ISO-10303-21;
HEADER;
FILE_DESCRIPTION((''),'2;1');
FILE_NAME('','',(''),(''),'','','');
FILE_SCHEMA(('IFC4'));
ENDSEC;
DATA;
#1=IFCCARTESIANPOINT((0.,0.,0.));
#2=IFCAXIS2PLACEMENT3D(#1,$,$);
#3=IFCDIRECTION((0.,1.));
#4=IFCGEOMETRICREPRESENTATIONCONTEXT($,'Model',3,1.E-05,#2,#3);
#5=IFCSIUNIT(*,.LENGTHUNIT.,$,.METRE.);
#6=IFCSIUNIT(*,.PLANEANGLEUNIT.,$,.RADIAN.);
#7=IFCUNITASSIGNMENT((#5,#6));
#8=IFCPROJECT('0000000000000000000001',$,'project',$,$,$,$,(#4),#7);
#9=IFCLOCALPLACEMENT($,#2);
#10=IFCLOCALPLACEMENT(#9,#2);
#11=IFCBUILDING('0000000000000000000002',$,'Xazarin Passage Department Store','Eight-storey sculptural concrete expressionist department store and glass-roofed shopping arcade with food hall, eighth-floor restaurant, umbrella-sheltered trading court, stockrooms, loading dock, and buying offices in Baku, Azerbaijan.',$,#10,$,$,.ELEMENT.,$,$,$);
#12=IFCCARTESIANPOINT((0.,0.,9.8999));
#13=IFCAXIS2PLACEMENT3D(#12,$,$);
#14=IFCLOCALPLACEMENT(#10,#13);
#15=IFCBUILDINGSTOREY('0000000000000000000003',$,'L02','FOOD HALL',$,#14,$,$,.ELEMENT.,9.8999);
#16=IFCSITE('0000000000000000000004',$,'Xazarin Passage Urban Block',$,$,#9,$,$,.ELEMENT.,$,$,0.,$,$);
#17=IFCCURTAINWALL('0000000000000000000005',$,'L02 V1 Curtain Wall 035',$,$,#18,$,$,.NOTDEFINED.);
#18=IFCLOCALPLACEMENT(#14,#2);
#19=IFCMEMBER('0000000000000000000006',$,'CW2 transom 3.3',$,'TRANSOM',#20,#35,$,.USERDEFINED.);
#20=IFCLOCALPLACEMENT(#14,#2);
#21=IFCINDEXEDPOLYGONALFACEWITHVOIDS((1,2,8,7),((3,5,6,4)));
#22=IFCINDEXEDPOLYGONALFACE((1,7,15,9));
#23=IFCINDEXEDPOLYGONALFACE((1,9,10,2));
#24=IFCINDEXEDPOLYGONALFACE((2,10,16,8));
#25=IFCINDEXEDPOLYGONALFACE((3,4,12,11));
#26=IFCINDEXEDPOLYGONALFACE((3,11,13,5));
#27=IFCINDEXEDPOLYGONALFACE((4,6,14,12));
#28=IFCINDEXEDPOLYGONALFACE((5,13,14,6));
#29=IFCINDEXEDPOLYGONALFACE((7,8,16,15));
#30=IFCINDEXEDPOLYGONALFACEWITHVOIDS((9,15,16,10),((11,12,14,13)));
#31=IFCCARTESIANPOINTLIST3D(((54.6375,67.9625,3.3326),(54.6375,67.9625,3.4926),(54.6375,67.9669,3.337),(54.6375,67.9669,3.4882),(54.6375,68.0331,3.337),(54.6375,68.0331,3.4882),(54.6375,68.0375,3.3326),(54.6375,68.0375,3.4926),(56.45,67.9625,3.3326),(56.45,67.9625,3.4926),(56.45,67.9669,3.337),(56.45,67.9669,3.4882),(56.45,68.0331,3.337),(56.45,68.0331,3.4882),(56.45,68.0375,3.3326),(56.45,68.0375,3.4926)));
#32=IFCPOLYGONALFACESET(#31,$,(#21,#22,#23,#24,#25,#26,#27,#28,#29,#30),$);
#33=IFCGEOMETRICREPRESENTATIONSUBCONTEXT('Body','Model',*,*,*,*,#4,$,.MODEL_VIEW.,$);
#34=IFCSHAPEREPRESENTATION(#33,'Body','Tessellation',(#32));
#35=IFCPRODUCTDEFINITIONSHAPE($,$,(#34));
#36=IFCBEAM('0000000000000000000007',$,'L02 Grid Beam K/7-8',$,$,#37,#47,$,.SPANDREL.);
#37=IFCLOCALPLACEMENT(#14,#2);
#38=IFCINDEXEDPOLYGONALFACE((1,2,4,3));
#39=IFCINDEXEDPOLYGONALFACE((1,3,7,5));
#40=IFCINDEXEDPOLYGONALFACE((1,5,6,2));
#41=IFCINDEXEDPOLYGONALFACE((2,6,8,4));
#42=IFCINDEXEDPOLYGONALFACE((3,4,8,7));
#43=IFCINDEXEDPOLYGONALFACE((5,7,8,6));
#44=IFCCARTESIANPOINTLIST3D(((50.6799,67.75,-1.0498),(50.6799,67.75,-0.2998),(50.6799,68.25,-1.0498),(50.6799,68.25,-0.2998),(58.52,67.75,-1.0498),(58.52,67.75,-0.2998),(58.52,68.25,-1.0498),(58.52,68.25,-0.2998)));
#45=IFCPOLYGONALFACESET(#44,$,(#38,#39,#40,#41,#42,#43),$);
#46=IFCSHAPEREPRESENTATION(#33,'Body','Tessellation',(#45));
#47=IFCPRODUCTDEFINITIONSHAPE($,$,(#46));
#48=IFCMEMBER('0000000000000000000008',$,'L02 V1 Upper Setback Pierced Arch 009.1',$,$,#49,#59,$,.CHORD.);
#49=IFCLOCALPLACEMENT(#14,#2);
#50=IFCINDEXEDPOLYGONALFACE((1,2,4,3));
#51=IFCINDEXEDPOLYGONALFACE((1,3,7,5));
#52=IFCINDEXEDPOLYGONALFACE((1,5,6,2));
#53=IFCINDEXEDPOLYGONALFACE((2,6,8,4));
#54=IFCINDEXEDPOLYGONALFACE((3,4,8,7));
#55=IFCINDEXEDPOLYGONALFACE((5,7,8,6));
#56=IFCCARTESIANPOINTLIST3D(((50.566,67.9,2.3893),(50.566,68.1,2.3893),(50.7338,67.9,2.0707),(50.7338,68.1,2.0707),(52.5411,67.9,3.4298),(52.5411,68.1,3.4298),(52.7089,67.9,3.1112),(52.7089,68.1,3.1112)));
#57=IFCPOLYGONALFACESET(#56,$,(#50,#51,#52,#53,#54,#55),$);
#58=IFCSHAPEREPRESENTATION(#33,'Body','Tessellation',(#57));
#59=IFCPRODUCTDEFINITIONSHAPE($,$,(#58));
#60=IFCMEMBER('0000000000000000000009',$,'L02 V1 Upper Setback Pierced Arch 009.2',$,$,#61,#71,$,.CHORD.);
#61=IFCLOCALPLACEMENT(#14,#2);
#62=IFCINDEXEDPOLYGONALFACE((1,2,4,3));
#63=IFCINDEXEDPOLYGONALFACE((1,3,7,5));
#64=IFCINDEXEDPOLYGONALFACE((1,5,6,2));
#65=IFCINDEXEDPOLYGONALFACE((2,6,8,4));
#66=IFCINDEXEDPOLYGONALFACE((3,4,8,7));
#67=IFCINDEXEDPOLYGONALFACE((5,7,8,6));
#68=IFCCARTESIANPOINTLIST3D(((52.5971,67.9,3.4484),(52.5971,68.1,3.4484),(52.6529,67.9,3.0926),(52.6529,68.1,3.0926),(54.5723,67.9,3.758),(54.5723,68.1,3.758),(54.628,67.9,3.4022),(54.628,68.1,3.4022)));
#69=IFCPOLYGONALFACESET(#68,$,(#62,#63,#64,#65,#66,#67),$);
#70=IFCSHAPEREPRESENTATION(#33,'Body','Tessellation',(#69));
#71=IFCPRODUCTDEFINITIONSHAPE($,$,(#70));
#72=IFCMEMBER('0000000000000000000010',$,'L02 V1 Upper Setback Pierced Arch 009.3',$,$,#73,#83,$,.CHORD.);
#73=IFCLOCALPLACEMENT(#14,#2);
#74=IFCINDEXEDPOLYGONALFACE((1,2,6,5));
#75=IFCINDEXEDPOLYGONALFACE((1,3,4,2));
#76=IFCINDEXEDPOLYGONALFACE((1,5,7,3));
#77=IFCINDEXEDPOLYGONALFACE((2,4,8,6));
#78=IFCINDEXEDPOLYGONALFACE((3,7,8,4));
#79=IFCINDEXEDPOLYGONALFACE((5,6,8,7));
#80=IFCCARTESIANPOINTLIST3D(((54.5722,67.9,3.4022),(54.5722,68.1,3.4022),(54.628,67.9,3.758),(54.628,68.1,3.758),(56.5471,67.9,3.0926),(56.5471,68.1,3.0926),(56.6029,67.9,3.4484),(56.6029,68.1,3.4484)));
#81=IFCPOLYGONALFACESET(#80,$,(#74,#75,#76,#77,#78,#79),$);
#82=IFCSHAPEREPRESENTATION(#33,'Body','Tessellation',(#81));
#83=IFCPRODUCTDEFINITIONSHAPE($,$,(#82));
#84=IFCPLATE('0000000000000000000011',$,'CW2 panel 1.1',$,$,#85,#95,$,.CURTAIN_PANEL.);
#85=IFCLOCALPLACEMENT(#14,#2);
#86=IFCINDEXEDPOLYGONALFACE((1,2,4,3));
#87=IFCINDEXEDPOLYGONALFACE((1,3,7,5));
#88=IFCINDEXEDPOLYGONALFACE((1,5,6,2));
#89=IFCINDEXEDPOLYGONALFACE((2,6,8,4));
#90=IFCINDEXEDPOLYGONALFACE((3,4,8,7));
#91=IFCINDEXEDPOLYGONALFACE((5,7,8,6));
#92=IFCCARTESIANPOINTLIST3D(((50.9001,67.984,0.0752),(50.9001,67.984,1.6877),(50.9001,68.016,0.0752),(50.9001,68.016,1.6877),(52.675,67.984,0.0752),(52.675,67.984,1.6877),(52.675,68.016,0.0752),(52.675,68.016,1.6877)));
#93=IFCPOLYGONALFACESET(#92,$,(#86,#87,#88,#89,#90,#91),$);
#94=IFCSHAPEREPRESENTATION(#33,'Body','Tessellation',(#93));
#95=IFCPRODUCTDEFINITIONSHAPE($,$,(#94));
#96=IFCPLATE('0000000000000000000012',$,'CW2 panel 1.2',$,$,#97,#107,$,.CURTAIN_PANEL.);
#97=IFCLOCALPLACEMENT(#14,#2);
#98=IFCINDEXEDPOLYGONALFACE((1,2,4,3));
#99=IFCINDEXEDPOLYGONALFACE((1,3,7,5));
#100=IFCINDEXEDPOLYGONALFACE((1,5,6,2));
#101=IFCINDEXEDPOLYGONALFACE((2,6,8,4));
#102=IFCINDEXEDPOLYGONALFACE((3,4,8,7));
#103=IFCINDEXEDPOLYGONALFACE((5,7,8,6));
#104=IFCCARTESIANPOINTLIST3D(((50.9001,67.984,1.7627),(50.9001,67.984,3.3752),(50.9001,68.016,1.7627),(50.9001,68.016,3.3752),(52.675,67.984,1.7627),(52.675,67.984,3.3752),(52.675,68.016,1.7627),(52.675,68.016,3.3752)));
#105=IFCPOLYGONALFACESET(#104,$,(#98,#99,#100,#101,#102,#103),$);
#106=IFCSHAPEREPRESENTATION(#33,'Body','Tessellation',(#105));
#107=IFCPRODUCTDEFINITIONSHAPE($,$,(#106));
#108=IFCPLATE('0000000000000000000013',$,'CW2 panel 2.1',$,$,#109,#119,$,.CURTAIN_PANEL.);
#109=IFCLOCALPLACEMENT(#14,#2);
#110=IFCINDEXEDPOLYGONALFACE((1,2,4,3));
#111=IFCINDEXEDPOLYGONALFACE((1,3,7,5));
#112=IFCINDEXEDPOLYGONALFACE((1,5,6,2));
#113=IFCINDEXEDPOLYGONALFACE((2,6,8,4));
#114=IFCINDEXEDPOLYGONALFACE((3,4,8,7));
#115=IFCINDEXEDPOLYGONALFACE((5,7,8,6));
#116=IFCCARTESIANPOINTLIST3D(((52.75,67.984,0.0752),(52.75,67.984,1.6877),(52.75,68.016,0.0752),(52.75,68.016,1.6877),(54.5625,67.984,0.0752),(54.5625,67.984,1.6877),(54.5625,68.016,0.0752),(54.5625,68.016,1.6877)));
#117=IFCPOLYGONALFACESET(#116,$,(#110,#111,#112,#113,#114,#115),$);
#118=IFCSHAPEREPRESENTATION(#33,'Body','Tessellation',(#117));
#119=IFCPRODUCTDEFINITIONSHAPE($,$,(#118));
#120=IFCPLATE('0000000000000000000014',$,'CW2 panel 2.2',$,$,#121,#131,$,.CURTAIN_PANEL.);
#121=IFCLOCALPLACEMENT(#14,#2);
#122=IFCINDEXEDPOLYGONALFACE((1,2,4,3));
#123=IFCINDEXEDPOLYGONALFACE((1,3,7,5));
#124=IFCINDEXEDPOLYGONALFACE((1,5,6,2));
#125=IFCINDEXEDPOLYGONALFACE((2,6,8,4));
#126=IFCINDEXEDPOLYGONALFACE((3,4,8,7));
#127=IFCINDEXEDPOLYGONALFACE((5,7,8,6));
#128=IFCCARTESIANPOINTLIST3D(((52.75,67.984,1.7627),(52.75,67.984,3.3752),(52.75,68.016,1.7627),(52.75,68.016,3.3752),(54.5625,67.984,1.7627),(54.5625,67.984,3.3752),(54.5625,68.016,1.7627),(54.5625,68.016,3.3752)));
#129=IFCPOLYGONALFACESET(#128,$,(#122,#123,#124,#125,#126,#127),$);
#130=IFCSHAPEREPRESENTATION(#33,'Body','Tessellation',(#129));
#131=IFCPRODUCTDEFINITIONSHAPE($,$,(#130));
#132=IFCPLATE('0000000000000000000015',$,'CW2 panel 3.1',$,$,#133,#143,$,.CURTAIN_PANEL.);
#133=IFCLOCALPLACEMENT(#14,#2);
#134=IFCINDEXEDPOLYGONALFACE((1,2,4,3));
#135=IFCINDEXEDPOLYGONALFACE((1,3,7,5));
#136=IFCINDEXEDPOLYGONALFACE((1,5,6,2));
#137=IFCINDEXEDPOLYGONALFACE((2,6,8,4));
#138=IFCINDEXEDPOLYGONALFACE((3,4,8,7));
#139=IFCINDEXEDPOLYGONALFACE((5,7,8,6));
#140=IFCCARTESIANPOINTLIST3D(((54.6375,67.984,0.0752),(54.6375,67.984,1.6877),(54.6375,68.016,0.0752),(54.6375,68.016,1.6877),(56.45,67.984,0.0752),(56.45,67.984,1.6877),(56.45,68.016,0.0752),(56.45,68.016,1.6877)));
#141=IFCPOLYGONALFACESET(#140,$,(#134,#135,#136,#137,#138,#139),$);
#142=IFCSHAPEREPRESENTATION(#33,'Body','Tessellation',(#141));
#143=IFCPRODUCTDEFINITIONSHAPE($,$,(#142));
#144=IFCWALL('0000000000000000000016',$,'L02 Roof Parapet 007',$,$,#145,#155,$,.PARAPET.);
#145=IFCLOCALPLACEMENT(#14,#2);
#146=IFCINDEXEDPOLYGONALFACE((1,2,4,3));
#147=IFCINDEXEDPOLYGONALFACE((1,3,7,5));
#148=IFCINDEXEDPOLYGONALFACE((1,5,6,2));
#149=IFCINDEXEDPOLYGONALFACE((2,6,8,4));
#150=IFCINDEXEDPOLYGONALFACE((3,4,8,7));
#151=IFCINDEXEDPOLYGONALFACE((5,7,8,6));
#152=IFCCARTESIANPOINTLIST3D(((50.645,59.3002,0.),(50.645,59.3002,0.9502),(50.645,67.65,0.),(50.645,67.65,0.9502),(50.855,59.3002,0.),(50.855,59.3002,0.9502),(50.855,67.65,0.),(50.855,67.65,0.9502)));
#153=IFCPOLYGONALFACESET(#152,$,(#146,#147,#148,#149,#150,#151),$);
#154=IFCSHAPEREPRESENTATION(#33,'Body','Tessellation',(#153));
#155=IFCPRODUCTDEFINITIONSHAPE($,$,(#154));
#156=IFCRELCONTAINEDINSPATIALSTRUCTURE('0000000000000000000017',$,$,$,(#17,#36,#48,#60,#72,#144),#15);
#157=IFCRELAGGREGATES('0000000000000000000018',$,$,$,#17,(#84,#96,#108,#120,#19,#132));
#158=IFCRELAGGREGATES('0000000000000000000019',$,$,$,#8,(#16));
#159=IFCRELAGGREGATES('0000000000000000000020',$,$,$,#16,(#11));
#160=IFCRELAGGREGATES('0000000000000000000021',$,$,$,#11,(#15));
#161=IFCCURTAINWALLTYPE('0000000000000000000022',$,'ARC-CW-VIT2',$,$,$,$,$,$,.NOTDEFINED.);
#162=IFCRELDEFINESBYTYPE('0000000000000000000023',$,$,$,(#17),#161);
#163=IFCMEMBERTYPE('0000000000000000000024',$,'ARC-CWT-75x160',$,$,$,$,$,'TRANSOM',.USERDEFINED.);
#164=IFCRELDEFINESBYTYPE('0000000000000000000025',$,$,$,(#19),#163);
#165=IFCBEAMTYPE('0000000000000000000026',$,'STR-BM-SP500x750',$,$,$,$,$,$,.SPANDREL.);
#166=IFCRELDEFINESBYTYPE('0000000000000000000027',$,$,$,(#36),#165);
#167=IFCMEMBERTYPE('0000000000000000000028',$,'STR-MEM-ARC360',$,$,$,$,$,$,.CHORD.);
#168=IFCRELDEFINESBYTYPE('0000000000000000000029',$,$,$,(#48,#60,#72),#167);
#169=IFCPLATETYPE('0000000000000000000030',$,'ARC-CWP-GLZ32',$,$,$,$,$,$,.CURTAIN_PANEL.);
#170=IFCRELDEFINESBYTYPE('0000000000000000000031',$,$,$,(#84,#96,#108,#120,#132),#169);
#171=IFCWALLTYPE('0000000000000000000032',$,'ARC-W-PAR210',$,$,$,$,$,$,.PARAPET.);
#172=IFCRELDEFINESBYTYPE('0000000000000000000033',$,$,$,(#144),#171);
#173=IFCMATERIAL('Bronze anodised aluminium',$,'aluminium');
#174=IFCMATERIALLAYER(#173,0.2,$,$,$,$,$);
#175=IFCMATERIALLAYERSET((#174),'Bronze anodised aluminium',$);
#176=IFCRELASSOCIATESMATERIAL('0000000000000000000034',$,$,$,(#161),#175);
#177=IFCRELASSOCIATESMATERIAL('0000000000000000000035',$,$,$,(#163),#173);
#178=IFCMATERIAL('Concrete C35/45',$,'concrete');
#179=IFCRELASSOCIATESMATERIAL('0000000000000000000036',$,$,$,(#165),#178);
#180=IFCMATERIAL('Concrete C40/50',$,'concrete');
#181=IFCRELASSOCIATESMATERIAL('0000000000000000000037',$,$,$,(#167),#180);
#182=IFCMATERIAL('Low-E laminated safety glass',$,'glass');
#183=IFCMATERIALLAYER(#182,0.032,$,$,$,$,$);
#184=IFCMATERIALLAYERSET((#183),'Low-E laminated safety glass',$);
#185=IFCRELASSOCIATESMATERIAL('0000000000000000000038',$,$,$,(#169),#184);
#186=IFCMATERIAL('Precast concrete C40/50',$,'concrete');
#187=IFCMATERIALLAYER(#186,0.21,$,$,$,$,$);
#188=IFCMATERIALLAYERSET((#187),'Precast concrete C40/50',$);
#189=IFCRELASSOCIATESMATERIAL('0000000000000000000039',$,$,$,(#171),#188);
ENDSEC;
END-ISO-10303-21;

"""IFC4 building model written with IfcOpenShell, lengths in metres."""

from ifc_helpers import new_model, si_unit, direction, frame, frame_2d, origin, origin_2d, place, context, subcontext, project, spatial, rectangle, hollow_rectangle, extrude, material, layer, layer_set, material_profile, profile_set, type_object, element, aggregate, save


model = new_model("IFC4")

# Units and contexts
model_context = context("Model", 3, precision=1e-05, world=origin(), true_north=direction((0.0, 1.0)))
body_context = subcontext(model_context, "Body", "Model", "MODEL_VIEW")
ifc_project = project(units=[si_unit("LENGTHUNIT", "METRE"), si_unit("PLANEANGLEUNIT", "RADIAN")], contexts=[model_context])

# Site, building, storey
site_placement = place(None, origin())
site = spatial("IfcSite", under=ifc_project, at=site_placement, Name="Xazarin Passage Urban Block", CompositionType="ELEMENT", RefElevation=0.0)
building_placement = place(site_placement, origin())
building = spatial("IfcBuilding", under=site, at=building_placement, Name="Xazarin Passage Department Store", Description="Eight-storey sculptural concrete expressionist department store and glass-roofed shopping arcade with food hall, eighth-floor restaurant, umbrella-sheltered trading court, stockrooms, loading dock, and buying offices in Baku, Azerbaijan.", CompositionType="ELEMENT")
storey_placement = place(building_placement, frame((0.0, 0.0, 9.8999)))
storey = spatial("IfcBuildingStorey", under=building, at=storey_placement, Name="L02", Description="FOOD HALL", CompositionType="ELEMENT", Elevation=9.8999)

# Curtain wall, member
ifc_material_1 = material(Name="Bronze anodised aluminium", Category="aluminium")
ifc_layer_1 = layer(ifc_material_1, 0.2)
ifc_layer_set_1 = layer_set([ifc_layer_1], Name="Bronze anodised aluminium")
curtain_wall_type = type_object("IfcCurtainWallType", Name="ARC-CW-VIT2", PredefinedType="NOTDEFINED", material=ifc_layer_set_1)
curtain_wall_placement = place(storey_placement, origin())
curtain_wall = element("IfcCurtainWall", 1, at=curtain_wall_placement, inside=storey, type_object=curtain_wall_type, Name="L02 V1 Curtain Wall 035", PredefinedType="NOTDEFINED")
ifc_material_profile_1 = material_profile(ifc_material_1, hollow_rectangle(XDim=0.075, YDim=0.1599, WallThickness=0.0044, at=origin_2d()), Name="ALU 75x160")
ifc_profile_set_1 = profile_set([ifc_material_profile_1], Name="Bronze anodised aluminium")
member_type_1 = type_object("IfcMemberType", Name="ARC-CWT-75x160", ElementType="TRANSOM", PredefinedType="USERDEFINED", material=ifc_profile_set_1)
member_1_placement = place(storey_placement, frame((54.6375, 68.0, 3.4126), z_axis=(1.0, 0.0, 0.0), x_axis=(0.0, 1.0, 0.0)))
member_1 = element("IfcMember", 2, at=member_1_placement, type_object=member_type_1, Name="CW2 transom 3.3", ObjectType="TRANSOM", PredefinedType="USERDEFINED", context=body_context, shape_type="SweptSolid", body=[
    extrude(hollow_rectangle(XDim=0.075, YDim=0.1599, WallThickness=0.0044, at=origin_2d()), origin(), (0.0, 0.0, 1.0), 1.8125),
])

# Beam
ifc_material_2 = material(Name="Concrete C35/45", Category="concrete")
ifc_material_profile_2 = material_profile(ifc_material_2, rectangle(XDim=0.5, YDim=0.75, at=origin_2d()), Name="RC 500x750")
ifc_profile_set_2 = profile_set([ifc_material_profile_2], Name="Concrete C35/45")
beam_type = type_object("IfcBeamType", Name="STR-BM-SP500x750", PredefinedType="SPANDREL", material=ifc_profile_set_2)
beam_placement = place(storey_placement, frame((50.6799, 68.0, -0.6748), z_axis=(1.0, 0.0, 0.0), x_axis=(0.0, 1.0, 0.0)))
element("IfcBeam", 3, at=beam_placement, inside=storey, type_object=beam_type, Name="L02 Grid Beam K/7-8", PredefinedType="SPANDREL", context=body_context, shape_type="SweptSolid", body=[
    extrude(rectangle(XDim=0.5, YDim=0.75, at=origin_2d()), origin(), (0.0, 0.0, 1.0), 7.8401),
])

# Members
ifc_material_3 = material(Name="Concrete C40/50", Category="concrete")
ifc_material_profile_3 = material_profile(ifc_material_3, rectangle(XDim=0.2, YDim=0.3601, at=origin_2d()), Name="RC 200x360")
ifc_profile_set_3 = profile_set([ifc_material_profile_3], Name="Concrete C40/50")
member_type_2 = type_object("IfcMemberType", Name="STR-MEM-ARC360", PredefinedType="CHORD", material=ifc_profile_set_3)
member_2_placement = place(storey_placement, frame((50.6499, 68.0, 2.23), z_axis=(0.884733, 0.0, 0.466098), x_axis=(0.0, 1.0, 0.0)))
element("IfcMember", 4, at=member_2_placement, inside=storey, type_object=member_type_2, Name="L02 V1 Upper Setback Pierced Arch 009.1", PredefinedType="CHORD", context=body_context, shape_type="SweptSolid", body=[
    extrude(rectangle(XDim=0.2, YDim=0.3601, at=origin_2d()), origin(), (0.0, 0.0, 1.0), 2.2324),
])
member_3_placement = place(storey_placement, frame((52.625, 68.0, 3.2705), z_axis=(0.987939, 0.0, 0.154846), x_axis=(0.0, 1.0, 0.0)))
element("IfcMember", 5, at=member_3_placement, inside=storey, type_object=member_type_2, Name="L02 V1 Upper Setback Pierced Arch 009.2", PredefinedType="CHORD", context=body_context, shape_type="SweptSolid", body=[
    extrude(rectangle(XDim=0.2, YDim=0.3601, at=origin_2d()), origin(), (0.0, 0.0, 1.0), 1.9993),
])
member_4_placement = place(storey_placement, frame((54.6001, 68.0, 3.5801), z_axis=(0.987936, 0.0, -0.154865), x_axis=(0.0, 1.0, 0.0)))
element("IfcMember", 6, at=member_4_placement, inside=storey, type_object=member_type_2, Name="L02 V1 Upper Setback Pierced Arch 009.3", PredefinedType="CHORD", context=body_context, shape_type="SweptSolid", body=[
    extrude(rectangle(XDim=0.2, YDim=0.3601, at=origin_2d()), origin(), (0.0, 0.0, 1.0), 1.999),
])

# Plates
ifc_material_4 = material(Name="Low-E laminated safety glass", Category="glass")
ifc_layer_2 = layer(ifc_material_4, 0.032)
ifc_layer_set_2 = layer_set([ifc_layer_2], Name="Low-E laminated safety glass")
plate_type = type_object("IfcPlateType", Name="ARC-CWP-GLZ32", PredefinedType="CURTAIN_PANEL", material=ifc_layer_set_2)
plate_1_placement = place(storey_placement, frame((51.7876, 68.0, 0.0752), z_axis=(0.0, 0.0, 1.0), x_axis=(1.0, 0.0, 0.0)))
plate_1 = element("IfcPlate", 7, at=plate_1_placement, type_object=plate_type, Name="CW2 panel 1.1", PredefinedType="CURTAIN_PANEL", context=body_context, shape_type="SweptSolid", body=[
    extrude(rectangle(XDim=1.7749, YDim=0.032, at=origin_2d()), origin(), (0.0, 0.0, 1.0), 1.6125),
])
plate_2_placement = place(storey_placement, frame((51.7876, 68.0, 1.7627), z_axis=(0.0, 0.0, 1.0), x_axis=(1.0, 0.0, 0.0)))
plate_2 = element("IfcPlate", 8, at=plate_2_placement, type_object=plate_type, Name="CW2 panel 1.2", PredefinedType="CURTAIN_PANEL", context=body_context, shape_type="SweptSolid", body=[
    extrude(rectangle(XDim=1.7749, YDim=0.032, at=origin_2d()), origin(), (0.0, 0.0, 1.0), 1.6125),
])
plate_3_placement = place(storey_placement, frame((53.6562, 68.0, 0.0752), z_axis=(0.0, 0.0, 1.0), x_axis=(1.0, 0.0, 0.0)))
plate_3 = element("IfcPlate", 9, at=plate_3_placement, type_object=plate_type, Name="CW2 panel 2.1", PredefinedType="CURTAIN_PANEL", context=body_context, shape_type="SweptSolid", body=[
    extrude(rectangle(XDim=1.8125, YDim=0.032, at=origin_2d()), origin(), (0.0, 0.0, 1.0), 1.6125),
])
plate_4_placement = place(storey_placement, frame((53.6562, 68.0, 1.7627), z_axis=(0.0, 0.0, 1.0), x_axis=(1.0, 0.0, 0.0)))
plate_4 = element("IfcPlate", 10, at=plate_4_placement, type_object=plate_type, Name="CW2 panel 2.2", PredefinedType="CURTAIN_PANEL", context=body_context, shape_type="SweptSolid", body=[
    extrude(rectangle(XDim=1.8125, YDim=0.032, at=origin_2d()), origin(), (0.0, 0.0, 1.0), 1.6125),
])
plate_5_placement = place(storey_placement, frame((55.5437, 68.0, 0.0752), z_axis=(0.0, 0.0, 1.0), x_axis=(1.0, 0.0, 0.0)))
plate_5 = element("IfcPlate", 11, at=plate_5_placement, type_object=plate_type, Name="CW2 panel 3.1", PredefinedType="CURTAIN_PANEL", context=body_context, shape_type="SweptSolid", body=[
    extrude(rectangle(XDim=1.8125, YDim=0.032, at=origin_2d()), origin(), (0.0, 0.0, 1.0), 1.6125),
])
aggregate(curtain_wall, [plate_1, plate_2, plate_3, plate_4, member_1, plate_5])

# Wall
ifc_material_5 = material(Name="Precast concrete C40/50", Category="concrete")
ifc_layer_3 = layer(ifc_material_5, 0.21)
ifc_layer_set_3 = layer_set([ifc_layer_3], Name="Precast concrete C40/50")
wall_type = type_object("IfcWallType", Name="ARC-W-PAR210", PredefinedType="PARAPET", material=ifc_layer_set_3)
wall_placement = place(storey_placement, frame((50.75, 67.6499, 0.0), z_axis=(0.0, 0.0, 1.0), x_axis=(0.0, -1.0, 0.0)))
element("IfcWall", 12, at=wall_placement, inside=storey, type_object=wall_type, Name="L02 Roof Parapet 007", PredefinedType="PARAPET", context=body_context, shape_type="SweptSolid", body=[
    extrude(rectangle(XDim=8.3499, YDim=0.21, at=frame_2d((4.1748, 0.0))), origin(), (0.0, 0.0, 1.0), 0.9502),
])

save(model, "model.ifc")
